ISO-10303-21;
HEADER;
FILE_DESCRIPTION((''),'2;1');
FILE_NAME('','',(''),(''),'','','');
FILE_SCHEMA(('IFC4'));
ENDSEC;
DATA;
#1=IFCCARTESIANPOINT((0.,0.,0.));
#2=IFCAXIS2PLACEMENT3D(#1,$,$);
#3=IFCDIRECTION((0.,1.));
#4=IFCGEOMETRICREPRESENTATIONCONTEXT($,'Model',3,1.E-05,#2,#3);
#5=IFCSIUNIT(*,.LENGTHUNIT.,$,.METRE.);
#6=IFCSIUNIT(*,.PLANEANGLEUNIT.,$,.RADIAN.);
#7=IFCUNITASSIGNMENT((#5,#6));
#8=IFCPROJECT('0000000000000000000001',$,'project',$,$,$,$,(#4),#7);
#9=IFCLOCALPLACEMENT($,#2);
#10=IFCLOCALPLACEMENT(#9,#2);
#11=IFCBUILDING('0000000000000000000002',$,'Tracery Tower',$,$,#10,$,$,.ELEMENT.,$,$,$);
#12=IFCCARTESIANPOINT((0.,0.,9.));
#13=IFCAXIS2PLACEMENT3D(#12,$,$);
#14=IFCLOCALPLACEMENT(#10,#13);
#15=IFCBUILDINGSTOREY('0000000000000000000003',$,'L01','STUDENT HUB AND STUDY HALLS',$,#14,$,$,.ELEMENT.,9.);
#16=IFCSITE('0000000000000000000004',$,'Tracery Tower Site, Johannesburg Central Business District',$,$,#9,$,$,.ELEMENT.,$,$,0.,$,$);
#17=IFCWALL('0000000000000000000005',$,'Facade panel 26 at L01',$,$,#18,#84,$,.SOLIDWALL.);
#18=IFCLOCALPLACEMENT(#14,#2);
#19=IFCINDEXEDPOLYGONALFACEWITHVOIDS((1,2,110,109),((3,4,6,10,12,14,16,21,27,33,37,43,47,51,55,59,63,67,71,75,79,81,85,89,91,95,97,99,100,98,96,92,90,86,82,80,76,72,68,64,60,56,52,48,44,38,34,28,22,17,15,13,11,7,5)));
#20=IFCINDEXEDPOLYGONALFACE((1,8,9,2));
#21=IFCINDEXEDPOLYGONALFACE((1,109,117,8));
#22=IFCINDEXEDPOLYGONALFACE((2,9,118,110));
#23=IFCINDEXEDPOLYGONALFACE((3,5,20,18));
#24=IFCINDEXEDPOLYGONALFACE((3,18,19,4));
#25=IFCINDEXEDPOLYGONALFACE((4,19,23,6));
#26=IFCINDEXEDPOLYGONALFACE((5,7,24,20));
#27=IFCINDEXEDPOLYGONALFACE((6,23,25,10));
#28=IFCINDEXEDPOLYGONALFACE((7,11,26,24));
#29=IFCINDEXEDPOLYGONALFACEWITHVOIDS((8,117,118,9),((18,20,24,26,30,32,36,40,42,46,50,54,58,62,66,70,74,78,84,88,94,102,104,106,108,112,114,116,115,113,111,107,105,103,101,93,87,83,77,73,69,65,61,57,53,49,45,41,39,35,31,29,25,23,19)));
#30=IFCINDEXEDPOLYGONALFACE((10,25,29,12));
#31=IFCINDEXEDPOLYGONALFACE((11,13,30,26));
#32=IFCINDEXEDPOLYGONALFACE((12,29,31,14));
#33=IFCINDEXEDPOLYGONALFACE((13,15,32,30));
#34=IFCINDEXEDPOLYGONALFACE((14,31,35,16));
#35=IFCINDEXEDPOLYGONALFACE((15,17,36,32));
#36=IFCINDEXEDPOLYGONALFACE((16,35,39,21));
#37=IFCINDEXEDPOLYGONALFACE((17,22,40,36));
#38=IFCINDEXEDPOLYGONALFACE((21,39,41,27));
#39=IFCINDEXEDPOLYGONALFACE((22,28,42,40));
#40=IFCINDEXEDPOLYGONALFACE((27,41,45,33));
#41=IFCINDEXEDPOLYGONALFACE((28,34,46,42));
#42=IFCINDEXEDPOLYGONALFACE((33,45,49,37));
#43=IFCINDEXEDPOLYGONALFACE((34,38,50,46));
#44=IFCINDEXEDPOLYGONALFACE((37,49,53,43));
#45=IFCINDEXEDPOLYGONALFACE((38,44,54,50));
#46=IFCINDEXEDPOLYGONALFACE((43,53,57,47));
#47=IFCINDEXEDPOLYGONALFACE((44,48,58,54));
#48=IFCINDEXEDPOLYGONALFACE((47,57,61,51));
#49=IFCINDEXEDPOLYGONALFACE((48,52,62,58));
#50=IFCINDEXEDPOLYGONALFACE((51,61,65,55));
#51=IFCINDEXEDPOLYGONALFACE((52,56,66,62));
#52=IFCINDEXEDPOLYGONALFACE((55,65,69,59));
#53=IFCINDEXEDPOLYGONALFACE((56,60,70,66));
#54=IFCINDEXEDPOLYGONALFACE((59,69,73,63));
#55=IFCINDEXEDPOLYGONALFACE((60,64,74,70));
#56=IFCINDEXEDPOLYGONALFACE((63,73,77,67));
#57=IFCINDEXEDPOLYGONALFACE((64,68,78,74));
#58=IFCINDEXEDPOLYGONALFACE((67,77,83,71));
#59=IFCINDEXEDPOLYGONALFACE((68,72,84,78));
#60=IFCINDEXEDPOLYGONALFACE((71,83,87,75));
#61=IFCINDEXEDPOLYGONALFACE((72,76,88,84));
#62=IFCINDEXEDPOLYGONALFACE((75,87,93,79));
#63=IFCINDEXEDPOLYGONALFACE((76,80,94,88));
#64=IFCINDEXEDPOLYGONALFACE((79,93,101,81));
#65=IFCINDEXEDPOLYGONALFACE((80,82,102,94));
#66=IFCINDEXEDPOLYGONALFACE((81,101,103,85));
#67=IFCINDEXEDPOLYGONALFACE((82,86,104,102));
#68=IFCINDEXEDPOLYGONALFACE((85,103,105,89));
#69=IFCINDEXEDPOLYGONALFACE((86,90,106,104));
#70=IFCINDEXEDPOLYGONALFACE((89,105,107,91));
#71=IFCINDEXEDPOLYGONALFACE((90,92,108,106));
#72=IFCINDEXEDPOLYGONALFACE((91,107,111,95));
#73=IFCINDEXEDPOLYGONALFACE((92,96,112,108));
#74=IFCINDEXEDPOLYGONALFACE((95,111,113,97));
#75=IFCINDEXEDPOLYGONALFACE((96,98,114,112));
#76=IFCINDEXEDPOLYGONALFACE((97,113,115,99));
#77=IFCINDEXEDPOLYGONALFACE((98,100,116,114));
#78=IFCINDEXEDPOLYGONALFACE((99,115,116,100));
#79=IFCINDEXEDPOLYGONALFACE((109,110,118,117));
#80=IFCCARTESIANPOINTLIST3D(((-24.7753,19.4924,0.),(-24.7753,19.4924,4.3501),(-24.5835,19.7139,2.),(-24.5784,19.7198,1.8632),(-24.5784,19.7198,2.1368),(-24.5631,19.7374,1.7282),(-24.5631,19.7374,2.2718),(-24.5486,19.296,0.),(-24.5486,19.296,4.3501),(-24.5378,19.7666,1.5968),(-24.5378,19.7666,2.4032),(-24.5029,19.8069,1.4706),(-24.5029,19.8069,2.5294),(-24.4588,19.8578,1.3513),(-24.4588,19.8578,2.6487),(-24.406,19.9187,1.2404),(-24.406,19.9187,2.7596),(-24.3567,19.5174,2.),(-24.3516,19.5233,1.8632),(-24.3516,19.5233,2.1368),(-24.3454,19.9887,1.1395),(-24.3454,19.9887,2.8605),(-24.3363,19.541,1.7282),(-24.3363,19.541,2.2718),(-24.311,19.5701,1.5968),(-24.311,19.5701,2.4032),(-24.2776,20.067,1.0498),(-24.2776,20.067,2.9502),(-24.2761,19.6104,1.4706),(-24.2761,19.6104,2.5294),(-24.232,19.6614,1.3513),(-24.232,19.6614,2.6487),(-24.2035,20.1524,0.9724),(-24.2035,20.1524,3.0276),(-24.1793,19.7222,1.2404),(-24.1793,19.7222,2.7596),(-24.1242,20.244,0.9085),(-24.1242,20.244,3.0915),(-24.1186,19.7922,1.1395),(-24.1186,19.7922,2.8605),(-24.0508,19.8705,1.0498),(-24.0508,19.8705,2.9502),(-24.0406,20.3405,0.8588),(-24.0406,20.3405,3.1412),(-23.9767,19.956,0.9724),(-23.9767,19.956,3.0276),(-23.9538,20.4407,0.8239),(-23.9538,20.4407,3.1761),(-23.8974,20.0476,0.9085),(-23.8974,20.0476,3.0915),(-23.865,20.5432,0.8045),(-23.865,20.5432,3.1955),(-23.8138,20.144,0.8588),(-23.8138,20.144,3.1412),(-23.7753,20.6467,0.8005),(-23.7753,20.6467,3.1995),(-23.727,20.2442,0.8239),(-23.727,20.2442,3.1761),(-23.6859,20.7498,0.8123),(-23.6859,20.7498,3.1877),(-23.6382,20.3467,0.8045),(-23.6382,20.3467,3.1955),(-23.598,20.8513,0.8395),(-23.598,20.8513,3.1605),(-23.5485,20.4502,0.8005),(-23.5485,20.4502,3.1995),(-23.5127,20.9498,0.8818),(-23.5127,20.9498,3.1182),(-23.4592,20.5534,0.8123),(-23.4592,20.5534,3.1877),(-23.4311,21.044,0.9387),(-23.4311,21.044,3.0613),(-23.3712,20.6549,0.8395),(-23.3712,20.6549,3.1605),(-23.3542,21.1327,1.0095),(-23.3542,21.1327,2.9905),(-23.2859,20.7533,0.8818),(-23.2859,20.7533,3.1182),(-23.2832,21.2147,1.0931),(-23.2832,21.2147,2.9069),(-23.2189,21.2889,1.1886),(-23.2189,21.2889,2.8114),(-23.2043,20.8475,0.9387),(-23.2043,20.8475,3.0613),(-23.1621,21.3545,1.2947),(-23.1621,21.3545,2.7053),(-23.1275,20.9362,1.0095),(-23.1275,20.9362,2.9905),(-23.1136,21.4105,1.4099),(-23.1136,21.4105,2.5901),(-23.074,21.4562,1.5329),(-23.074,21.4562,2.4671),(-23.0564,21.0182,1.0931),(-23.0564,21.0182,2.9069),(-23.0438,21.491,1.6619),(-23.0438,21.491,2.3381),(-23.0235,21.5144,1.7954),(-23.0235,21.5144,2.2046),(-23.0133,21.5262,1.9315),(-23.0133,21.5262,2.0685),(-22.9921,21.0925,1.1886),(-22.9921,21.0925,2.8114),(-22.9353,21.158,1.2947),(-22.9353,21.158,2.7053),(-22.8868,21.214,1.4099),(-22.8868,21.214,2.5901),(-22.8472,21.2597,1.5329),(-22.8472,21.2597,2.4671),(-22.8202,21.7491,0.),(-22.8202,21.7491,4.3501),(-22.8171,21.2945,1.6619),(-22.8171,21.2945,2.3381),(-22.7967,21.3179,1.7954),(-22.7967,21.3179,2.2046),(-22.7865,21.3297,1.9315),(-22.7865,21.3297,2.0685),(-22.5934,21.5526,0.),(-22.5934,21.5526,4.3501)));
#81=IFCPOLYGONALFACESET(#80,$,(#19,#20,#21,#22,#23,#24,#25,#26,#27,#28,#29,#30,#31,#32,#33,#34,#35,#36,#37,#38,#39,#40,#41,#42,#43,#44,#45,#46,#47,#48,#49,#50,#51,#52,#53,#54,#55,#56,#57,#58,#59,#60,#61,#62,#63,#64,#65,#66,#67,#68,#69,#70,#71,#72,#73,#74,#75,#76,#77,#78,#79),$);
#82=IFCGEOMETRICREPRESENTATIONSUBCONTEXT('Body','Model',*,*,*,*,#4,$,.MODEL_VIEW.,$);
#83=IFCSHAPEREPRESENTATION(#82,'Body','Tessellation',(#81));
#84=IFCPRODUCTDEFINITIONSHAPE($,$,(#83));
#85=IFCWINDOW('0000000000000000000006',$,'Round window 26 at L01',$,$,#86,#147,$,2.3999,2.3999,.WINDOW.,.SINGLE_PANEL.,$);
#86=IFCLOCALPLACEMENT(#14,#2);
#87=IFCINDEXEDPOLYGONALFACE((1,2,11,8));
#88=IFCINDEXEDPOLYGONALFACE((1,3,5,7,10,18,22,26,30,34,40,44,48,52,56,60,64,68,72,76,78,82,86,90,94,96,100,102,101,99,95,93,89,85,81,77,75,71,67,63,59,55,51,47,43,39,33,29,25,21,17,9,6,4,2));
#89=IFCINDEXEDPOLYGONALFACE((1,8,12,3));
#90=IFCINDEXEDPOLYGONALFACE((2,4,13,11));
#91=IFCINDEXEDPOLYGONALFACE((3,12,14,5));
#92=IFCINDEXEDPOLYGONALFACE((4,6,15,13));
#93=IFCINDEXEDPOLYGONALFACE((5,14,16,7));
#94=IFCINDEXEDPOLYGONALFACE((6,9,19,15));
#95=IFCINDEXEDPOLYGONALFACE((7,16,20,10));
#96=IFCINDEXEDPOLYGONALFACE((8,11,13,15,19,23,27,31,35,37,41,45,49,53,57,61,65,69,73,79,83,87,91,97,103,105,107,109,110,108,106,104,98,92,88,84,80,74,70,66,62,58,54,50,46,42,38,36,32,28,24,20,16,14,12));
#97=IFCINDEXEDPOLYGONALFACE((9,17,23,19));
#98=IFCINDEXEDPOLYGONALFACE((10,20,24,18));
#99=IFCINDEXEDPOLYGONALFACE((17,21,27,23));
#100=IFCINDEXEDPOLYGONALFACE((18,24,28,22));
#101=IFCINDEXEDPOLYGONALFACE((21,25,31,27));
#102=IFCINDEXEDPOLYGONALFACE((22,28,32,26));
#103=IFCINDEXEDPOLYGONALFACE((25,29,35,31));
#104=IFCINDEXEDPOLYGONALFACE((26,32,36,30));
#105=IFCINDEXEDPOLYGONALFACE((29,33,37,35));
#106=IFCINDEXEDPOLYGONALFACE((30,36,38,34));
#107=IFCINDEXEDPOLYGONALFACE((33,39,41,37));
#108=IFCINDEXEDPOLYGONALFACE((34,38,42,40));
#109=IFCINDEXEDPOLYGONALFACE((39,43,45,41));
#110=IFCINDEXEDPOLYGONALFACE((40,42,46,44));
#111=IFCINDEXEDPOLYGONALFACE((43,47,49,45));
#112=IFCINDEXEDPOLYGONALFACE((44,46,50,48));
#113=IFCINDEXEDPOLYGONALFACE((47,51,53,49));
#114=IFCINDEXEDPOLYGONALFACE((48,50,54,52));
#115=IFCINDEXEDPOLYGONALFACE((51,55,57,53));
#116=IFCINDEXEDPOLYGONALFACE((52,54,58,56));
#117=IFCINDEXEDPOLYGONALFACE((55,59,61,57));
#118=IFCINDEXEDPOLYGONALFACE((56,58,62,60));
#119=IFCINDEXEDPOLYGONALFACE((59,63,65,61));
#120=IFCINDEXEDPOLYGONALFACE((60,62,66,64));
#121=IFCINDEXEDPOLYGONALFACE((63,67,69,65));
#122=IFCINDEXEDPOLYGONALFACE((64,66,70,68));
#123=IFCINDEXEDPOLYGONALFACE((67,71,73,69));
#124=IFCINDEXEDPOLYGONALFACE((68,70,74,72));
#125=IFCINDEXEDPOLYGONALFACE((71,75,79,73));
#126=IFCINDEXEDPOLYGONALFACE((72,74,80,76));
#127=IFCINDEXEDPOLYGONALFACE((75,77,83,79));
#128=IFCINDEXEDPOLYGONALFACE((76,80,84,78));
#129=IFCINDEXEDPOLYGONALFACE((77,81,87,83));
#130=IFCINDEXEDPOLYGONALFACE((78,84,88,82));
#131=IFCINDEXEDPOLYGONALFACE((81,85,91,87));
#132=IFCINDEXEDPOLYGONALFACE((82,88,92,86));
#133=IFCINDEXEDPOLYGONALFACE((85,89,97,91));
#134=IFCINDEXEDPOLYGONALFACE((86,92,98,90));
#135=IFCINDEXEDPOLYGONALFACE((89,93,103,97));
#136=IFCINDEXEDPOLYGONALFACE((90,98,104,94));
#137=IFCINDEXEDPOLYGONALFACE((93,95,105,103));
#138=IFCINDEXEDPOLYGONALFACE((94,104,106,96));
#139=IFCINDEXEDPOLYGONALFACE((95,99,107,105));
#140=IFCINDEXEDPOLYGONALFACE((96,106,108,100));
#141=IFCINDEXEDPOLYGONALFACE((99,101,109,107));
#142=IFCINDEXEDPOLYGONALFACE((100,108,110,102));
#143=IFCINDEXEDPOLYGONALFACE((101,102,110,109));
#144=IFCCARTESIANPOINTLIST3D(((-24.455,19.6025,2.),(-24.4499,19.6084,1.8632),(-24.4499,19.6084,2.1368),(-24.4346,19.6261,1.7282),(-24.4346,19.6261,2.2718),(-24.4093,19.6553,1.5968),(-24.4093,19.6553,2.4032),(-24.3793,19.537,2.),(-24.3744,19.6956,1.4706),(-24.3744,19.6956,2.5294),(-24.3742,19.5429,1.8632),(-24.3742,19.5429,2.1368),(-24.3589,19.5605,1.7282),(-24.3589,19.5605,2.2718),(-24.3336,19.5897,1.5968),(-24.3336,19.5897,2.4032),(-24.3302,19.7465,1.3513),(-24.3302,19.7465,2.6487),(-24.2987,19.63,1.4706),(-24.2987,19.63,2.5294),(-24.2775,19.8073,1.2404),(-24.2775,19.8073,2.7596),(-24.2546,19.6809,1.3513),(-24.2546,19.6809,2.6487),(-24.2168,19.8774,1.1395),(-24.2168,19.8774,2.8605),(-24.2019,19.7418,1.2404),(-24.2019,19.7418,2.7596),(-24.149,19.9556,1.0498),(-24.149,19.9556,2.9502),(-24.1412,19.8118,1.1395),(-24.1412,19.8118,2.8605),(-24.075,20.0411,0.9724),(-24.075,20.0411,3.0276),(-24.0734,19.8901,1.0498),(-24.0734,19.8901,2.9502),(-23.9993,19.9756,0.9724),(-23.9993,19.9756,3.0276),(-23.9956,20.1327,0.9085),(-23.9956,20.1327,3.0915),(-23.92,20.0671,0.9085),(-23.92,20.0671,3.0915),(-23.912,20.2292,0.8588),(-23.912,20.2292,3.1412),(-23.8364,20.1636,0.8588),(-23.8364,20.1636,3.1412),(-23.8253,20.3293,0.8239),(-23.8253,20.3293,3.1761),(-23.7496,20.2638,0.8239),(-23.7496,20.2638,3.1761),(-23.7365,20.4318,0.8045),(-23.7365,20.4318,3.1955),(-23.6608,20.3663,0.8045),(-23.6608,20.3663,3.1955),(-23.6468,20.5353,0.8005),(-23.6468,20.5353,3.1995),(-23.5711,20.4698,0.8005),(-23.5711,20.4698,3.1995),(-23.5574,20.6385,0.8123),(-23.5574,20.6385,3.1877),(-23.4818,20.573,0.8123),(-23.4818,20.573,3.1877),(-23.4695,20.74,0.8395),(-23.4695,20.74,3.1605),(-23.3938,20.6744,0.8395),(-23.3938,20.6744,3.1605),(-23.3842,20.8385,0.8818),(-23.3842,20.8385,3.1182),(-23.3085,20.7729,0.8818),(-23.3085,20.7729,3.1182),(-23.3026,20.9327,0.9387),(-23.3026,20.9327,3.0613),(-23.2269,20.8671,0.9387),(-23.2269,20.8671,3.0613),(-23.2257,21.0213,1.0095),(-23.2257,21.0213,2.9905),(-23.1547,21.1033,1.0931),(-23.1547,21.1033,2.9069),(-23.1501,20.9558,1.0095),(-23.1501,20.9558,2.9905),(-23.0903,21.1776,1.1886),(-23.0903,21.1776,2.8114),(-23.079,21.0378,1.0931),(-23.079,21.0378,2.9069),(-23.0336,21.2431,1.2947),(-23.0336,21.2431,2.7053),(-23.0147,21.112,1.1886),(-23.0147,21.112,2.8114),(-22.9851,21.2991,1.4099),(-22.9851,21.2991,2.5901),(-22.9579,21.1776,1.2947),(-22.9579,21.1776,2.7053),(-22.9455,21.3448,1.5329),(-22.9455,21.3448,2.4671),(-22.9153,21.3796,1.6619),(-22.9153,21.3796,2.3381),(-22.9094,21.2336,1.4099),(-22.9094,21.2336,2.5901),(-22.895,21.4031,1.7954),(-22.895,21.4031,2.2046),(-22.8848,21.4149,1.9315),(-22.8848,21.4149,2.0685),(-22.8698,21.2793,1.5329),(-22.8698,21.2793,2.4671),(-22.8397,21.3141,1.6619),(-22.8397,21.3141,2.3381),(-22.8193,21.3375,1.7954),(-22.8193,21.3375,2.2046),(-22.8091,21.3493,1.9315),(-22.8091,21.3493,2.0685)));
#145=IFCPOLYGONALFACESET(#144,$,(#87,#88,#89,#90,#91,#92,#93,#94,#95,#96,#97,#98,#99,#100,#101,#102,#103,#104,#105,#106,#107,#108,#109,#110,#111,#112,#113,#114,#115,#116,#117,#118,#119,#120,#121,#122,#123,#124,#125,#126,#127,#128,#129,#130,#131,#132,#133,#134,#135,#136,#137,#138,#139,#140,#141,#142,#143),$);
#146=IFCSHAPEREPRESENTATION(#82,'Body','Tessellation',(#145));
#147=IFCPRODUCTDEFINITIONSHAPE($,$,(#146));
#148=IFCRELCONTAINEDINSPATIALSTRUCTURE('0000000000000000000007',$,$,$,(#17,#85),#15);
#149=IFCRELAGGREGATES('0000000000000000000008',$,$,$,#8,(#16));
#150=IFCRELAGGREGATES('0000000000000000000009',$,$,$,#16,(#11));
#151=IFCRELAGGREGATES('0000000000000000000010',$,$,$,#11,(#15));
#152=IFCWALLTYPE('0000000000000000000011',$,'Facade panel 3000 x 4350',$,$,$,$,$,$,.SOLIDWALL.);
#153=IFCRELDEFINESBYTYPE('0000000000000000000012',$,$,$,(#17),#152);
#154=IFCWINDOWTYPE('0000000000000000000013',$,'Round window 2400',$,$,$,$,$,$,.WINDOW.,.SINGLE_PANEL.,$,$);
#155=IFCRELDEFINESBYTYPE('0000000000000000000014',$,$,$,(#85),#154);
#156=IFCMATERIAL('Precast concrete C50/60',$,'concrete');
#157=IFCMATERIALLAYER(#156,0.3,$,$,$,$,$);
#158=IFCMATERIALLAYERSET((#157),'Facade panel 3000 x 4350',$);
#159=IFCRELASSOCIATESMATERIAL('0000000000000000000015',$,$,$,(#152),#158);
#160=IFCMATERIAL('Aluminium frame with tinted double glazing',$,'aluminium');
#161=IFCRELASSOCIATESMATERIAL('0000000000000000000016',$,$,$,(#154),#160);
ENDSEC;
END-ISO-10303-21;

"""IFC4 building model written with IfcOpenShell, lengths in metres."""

from ifc_helpers import new_model, si_unit, direction, frame, frame_2d, origin, origin_2d, place, context, subcontext, project, spatial, rectangle, circle, extrude, material, layer, layer_set, type_object, element, fill, save


model = new_model("IFC4")

# Units and contexts
model_context = context("Model", 3, precision=1e-05, world=origin(), true_north=direction((0.0, 1.0)))
body_context = subcontext(model_context, "Body", "Model", "MODEL_VIEW")
ifc_project = project(units=[si_unit("LENGTHUNIT", "METRE"), si_unit("PLANEANGLEUNIT", "RADIAN")], contexts=[model_context])

# Site, building, storey
site_placement = place(None, origin())
site = spatial("IfcSite", under=ifc_project, at=site_placement, Name="Tracery Tower Site, Johannesburg Central Business District", CompositionType="ELEMENT", RefElevation=0.0)
building_placement = place(site_placement, origin())
building = spatial("IfcBuilding", under=site, at=building_placement, Name="Tracery Tower", CompositionType="ELEMENT")
storey_placement = place(building_placement, frame((0.0, 0.0, 9.0)))
storey = spatial("IfcBuildingStorey", under=building, at=storey_placement, Name="L01", Description="STUDENT HUB AND STUDY HALLS", CompositionType="ELEMENT", Elevation=9.0)

# Wall, opening, window
ifc_material_1 = material(Name="Precast concrete C50/60", Category="concrete")
ifc_layer_1 = layer(ifc_material_1, 0.3)
ifc_layer_set_1 = layer_set([ifc_layer_1], Name="Facade panel 3000 x 4350")
wall_type_1 = type_object("IfcWallType", Name="Facade panel 3000 x 4350", PredefinedType="SOLIDWALL", material=ifc_layer_set_1)
ifc_material_2 = material(Name="Aluminium frame with tinted double glazing", Category="aluminium")
window_type = type_object("IfcWindowType", Name="Round window 2400", PartitioningType="SINGLE_PANEL", PredefinedType="WINDOW", material=ifc_material_2)
wall_1_placement = place(storey_placement, frame((-22.7068, 21.6509, 0.0), z_axis=(0.0, 0.0, 1.0), x_axis=(-0.654809, -0.755794, 0.0)))
wall_1 = element("IfcWall", 1, at=wall_1_placement, inside=storey, type_object=wall_type_1, Name="Facade panel 26 at L01", PredefinedType="SOLIDWALL", context=body_context, shape_type="SweptSolid", body=[
    extrude(rectangle(XDim=2.9858, YDim=0.3, at=frame_2d((1.4929, 0.0))), origin(), (0.0, 0.0, 1.0), 4.3501),
])
opening_1_placement = place(wall_1_placement, frame((1.4929, 0.0, 2.0)))
opening_1 = element("IfcOpeningElement", 2, at=opening_1_placement, cuts=wall_1, PredefinedType="OPENING", context=body_context, shape_type="SweptSolid", body=[
    extrude(circle(Radius=1.2, at=origin_2d()), frame((0.0, 0.1599, 0.0), z_axis=(0.0, -1.0, 0.0), x_axis=(1.0, 0.0, 0.0)), (0.0, 0.0, 1.0), 0.3201),
])
window_1_placement = place(opening_1_placement, origin())
window_1 = element("IfcWindow", 3, at=window_1_placement, inside=storey, type_object=window_type, Name="Round window 26 at L01", OverallHeight=2.3999, OverallWidth=2.3999, PartitioningType="SINGLE_PANEL", PredefinedType="WINDOW", context=body_context, shape_type="SweptSolid", body=[
    extrude(circle(Radius=1.2, at=origin_2d()), frame((0.0, 0.1201, 0.0), z_axis=(0.0, -1.0, 0.0), x_axis=(1.0, 0.0, 0.0)), (0.0, 0.0, 1.0), 0.1001),
])
fill(opening_1, window_1)

save(model, "model.ifc")
